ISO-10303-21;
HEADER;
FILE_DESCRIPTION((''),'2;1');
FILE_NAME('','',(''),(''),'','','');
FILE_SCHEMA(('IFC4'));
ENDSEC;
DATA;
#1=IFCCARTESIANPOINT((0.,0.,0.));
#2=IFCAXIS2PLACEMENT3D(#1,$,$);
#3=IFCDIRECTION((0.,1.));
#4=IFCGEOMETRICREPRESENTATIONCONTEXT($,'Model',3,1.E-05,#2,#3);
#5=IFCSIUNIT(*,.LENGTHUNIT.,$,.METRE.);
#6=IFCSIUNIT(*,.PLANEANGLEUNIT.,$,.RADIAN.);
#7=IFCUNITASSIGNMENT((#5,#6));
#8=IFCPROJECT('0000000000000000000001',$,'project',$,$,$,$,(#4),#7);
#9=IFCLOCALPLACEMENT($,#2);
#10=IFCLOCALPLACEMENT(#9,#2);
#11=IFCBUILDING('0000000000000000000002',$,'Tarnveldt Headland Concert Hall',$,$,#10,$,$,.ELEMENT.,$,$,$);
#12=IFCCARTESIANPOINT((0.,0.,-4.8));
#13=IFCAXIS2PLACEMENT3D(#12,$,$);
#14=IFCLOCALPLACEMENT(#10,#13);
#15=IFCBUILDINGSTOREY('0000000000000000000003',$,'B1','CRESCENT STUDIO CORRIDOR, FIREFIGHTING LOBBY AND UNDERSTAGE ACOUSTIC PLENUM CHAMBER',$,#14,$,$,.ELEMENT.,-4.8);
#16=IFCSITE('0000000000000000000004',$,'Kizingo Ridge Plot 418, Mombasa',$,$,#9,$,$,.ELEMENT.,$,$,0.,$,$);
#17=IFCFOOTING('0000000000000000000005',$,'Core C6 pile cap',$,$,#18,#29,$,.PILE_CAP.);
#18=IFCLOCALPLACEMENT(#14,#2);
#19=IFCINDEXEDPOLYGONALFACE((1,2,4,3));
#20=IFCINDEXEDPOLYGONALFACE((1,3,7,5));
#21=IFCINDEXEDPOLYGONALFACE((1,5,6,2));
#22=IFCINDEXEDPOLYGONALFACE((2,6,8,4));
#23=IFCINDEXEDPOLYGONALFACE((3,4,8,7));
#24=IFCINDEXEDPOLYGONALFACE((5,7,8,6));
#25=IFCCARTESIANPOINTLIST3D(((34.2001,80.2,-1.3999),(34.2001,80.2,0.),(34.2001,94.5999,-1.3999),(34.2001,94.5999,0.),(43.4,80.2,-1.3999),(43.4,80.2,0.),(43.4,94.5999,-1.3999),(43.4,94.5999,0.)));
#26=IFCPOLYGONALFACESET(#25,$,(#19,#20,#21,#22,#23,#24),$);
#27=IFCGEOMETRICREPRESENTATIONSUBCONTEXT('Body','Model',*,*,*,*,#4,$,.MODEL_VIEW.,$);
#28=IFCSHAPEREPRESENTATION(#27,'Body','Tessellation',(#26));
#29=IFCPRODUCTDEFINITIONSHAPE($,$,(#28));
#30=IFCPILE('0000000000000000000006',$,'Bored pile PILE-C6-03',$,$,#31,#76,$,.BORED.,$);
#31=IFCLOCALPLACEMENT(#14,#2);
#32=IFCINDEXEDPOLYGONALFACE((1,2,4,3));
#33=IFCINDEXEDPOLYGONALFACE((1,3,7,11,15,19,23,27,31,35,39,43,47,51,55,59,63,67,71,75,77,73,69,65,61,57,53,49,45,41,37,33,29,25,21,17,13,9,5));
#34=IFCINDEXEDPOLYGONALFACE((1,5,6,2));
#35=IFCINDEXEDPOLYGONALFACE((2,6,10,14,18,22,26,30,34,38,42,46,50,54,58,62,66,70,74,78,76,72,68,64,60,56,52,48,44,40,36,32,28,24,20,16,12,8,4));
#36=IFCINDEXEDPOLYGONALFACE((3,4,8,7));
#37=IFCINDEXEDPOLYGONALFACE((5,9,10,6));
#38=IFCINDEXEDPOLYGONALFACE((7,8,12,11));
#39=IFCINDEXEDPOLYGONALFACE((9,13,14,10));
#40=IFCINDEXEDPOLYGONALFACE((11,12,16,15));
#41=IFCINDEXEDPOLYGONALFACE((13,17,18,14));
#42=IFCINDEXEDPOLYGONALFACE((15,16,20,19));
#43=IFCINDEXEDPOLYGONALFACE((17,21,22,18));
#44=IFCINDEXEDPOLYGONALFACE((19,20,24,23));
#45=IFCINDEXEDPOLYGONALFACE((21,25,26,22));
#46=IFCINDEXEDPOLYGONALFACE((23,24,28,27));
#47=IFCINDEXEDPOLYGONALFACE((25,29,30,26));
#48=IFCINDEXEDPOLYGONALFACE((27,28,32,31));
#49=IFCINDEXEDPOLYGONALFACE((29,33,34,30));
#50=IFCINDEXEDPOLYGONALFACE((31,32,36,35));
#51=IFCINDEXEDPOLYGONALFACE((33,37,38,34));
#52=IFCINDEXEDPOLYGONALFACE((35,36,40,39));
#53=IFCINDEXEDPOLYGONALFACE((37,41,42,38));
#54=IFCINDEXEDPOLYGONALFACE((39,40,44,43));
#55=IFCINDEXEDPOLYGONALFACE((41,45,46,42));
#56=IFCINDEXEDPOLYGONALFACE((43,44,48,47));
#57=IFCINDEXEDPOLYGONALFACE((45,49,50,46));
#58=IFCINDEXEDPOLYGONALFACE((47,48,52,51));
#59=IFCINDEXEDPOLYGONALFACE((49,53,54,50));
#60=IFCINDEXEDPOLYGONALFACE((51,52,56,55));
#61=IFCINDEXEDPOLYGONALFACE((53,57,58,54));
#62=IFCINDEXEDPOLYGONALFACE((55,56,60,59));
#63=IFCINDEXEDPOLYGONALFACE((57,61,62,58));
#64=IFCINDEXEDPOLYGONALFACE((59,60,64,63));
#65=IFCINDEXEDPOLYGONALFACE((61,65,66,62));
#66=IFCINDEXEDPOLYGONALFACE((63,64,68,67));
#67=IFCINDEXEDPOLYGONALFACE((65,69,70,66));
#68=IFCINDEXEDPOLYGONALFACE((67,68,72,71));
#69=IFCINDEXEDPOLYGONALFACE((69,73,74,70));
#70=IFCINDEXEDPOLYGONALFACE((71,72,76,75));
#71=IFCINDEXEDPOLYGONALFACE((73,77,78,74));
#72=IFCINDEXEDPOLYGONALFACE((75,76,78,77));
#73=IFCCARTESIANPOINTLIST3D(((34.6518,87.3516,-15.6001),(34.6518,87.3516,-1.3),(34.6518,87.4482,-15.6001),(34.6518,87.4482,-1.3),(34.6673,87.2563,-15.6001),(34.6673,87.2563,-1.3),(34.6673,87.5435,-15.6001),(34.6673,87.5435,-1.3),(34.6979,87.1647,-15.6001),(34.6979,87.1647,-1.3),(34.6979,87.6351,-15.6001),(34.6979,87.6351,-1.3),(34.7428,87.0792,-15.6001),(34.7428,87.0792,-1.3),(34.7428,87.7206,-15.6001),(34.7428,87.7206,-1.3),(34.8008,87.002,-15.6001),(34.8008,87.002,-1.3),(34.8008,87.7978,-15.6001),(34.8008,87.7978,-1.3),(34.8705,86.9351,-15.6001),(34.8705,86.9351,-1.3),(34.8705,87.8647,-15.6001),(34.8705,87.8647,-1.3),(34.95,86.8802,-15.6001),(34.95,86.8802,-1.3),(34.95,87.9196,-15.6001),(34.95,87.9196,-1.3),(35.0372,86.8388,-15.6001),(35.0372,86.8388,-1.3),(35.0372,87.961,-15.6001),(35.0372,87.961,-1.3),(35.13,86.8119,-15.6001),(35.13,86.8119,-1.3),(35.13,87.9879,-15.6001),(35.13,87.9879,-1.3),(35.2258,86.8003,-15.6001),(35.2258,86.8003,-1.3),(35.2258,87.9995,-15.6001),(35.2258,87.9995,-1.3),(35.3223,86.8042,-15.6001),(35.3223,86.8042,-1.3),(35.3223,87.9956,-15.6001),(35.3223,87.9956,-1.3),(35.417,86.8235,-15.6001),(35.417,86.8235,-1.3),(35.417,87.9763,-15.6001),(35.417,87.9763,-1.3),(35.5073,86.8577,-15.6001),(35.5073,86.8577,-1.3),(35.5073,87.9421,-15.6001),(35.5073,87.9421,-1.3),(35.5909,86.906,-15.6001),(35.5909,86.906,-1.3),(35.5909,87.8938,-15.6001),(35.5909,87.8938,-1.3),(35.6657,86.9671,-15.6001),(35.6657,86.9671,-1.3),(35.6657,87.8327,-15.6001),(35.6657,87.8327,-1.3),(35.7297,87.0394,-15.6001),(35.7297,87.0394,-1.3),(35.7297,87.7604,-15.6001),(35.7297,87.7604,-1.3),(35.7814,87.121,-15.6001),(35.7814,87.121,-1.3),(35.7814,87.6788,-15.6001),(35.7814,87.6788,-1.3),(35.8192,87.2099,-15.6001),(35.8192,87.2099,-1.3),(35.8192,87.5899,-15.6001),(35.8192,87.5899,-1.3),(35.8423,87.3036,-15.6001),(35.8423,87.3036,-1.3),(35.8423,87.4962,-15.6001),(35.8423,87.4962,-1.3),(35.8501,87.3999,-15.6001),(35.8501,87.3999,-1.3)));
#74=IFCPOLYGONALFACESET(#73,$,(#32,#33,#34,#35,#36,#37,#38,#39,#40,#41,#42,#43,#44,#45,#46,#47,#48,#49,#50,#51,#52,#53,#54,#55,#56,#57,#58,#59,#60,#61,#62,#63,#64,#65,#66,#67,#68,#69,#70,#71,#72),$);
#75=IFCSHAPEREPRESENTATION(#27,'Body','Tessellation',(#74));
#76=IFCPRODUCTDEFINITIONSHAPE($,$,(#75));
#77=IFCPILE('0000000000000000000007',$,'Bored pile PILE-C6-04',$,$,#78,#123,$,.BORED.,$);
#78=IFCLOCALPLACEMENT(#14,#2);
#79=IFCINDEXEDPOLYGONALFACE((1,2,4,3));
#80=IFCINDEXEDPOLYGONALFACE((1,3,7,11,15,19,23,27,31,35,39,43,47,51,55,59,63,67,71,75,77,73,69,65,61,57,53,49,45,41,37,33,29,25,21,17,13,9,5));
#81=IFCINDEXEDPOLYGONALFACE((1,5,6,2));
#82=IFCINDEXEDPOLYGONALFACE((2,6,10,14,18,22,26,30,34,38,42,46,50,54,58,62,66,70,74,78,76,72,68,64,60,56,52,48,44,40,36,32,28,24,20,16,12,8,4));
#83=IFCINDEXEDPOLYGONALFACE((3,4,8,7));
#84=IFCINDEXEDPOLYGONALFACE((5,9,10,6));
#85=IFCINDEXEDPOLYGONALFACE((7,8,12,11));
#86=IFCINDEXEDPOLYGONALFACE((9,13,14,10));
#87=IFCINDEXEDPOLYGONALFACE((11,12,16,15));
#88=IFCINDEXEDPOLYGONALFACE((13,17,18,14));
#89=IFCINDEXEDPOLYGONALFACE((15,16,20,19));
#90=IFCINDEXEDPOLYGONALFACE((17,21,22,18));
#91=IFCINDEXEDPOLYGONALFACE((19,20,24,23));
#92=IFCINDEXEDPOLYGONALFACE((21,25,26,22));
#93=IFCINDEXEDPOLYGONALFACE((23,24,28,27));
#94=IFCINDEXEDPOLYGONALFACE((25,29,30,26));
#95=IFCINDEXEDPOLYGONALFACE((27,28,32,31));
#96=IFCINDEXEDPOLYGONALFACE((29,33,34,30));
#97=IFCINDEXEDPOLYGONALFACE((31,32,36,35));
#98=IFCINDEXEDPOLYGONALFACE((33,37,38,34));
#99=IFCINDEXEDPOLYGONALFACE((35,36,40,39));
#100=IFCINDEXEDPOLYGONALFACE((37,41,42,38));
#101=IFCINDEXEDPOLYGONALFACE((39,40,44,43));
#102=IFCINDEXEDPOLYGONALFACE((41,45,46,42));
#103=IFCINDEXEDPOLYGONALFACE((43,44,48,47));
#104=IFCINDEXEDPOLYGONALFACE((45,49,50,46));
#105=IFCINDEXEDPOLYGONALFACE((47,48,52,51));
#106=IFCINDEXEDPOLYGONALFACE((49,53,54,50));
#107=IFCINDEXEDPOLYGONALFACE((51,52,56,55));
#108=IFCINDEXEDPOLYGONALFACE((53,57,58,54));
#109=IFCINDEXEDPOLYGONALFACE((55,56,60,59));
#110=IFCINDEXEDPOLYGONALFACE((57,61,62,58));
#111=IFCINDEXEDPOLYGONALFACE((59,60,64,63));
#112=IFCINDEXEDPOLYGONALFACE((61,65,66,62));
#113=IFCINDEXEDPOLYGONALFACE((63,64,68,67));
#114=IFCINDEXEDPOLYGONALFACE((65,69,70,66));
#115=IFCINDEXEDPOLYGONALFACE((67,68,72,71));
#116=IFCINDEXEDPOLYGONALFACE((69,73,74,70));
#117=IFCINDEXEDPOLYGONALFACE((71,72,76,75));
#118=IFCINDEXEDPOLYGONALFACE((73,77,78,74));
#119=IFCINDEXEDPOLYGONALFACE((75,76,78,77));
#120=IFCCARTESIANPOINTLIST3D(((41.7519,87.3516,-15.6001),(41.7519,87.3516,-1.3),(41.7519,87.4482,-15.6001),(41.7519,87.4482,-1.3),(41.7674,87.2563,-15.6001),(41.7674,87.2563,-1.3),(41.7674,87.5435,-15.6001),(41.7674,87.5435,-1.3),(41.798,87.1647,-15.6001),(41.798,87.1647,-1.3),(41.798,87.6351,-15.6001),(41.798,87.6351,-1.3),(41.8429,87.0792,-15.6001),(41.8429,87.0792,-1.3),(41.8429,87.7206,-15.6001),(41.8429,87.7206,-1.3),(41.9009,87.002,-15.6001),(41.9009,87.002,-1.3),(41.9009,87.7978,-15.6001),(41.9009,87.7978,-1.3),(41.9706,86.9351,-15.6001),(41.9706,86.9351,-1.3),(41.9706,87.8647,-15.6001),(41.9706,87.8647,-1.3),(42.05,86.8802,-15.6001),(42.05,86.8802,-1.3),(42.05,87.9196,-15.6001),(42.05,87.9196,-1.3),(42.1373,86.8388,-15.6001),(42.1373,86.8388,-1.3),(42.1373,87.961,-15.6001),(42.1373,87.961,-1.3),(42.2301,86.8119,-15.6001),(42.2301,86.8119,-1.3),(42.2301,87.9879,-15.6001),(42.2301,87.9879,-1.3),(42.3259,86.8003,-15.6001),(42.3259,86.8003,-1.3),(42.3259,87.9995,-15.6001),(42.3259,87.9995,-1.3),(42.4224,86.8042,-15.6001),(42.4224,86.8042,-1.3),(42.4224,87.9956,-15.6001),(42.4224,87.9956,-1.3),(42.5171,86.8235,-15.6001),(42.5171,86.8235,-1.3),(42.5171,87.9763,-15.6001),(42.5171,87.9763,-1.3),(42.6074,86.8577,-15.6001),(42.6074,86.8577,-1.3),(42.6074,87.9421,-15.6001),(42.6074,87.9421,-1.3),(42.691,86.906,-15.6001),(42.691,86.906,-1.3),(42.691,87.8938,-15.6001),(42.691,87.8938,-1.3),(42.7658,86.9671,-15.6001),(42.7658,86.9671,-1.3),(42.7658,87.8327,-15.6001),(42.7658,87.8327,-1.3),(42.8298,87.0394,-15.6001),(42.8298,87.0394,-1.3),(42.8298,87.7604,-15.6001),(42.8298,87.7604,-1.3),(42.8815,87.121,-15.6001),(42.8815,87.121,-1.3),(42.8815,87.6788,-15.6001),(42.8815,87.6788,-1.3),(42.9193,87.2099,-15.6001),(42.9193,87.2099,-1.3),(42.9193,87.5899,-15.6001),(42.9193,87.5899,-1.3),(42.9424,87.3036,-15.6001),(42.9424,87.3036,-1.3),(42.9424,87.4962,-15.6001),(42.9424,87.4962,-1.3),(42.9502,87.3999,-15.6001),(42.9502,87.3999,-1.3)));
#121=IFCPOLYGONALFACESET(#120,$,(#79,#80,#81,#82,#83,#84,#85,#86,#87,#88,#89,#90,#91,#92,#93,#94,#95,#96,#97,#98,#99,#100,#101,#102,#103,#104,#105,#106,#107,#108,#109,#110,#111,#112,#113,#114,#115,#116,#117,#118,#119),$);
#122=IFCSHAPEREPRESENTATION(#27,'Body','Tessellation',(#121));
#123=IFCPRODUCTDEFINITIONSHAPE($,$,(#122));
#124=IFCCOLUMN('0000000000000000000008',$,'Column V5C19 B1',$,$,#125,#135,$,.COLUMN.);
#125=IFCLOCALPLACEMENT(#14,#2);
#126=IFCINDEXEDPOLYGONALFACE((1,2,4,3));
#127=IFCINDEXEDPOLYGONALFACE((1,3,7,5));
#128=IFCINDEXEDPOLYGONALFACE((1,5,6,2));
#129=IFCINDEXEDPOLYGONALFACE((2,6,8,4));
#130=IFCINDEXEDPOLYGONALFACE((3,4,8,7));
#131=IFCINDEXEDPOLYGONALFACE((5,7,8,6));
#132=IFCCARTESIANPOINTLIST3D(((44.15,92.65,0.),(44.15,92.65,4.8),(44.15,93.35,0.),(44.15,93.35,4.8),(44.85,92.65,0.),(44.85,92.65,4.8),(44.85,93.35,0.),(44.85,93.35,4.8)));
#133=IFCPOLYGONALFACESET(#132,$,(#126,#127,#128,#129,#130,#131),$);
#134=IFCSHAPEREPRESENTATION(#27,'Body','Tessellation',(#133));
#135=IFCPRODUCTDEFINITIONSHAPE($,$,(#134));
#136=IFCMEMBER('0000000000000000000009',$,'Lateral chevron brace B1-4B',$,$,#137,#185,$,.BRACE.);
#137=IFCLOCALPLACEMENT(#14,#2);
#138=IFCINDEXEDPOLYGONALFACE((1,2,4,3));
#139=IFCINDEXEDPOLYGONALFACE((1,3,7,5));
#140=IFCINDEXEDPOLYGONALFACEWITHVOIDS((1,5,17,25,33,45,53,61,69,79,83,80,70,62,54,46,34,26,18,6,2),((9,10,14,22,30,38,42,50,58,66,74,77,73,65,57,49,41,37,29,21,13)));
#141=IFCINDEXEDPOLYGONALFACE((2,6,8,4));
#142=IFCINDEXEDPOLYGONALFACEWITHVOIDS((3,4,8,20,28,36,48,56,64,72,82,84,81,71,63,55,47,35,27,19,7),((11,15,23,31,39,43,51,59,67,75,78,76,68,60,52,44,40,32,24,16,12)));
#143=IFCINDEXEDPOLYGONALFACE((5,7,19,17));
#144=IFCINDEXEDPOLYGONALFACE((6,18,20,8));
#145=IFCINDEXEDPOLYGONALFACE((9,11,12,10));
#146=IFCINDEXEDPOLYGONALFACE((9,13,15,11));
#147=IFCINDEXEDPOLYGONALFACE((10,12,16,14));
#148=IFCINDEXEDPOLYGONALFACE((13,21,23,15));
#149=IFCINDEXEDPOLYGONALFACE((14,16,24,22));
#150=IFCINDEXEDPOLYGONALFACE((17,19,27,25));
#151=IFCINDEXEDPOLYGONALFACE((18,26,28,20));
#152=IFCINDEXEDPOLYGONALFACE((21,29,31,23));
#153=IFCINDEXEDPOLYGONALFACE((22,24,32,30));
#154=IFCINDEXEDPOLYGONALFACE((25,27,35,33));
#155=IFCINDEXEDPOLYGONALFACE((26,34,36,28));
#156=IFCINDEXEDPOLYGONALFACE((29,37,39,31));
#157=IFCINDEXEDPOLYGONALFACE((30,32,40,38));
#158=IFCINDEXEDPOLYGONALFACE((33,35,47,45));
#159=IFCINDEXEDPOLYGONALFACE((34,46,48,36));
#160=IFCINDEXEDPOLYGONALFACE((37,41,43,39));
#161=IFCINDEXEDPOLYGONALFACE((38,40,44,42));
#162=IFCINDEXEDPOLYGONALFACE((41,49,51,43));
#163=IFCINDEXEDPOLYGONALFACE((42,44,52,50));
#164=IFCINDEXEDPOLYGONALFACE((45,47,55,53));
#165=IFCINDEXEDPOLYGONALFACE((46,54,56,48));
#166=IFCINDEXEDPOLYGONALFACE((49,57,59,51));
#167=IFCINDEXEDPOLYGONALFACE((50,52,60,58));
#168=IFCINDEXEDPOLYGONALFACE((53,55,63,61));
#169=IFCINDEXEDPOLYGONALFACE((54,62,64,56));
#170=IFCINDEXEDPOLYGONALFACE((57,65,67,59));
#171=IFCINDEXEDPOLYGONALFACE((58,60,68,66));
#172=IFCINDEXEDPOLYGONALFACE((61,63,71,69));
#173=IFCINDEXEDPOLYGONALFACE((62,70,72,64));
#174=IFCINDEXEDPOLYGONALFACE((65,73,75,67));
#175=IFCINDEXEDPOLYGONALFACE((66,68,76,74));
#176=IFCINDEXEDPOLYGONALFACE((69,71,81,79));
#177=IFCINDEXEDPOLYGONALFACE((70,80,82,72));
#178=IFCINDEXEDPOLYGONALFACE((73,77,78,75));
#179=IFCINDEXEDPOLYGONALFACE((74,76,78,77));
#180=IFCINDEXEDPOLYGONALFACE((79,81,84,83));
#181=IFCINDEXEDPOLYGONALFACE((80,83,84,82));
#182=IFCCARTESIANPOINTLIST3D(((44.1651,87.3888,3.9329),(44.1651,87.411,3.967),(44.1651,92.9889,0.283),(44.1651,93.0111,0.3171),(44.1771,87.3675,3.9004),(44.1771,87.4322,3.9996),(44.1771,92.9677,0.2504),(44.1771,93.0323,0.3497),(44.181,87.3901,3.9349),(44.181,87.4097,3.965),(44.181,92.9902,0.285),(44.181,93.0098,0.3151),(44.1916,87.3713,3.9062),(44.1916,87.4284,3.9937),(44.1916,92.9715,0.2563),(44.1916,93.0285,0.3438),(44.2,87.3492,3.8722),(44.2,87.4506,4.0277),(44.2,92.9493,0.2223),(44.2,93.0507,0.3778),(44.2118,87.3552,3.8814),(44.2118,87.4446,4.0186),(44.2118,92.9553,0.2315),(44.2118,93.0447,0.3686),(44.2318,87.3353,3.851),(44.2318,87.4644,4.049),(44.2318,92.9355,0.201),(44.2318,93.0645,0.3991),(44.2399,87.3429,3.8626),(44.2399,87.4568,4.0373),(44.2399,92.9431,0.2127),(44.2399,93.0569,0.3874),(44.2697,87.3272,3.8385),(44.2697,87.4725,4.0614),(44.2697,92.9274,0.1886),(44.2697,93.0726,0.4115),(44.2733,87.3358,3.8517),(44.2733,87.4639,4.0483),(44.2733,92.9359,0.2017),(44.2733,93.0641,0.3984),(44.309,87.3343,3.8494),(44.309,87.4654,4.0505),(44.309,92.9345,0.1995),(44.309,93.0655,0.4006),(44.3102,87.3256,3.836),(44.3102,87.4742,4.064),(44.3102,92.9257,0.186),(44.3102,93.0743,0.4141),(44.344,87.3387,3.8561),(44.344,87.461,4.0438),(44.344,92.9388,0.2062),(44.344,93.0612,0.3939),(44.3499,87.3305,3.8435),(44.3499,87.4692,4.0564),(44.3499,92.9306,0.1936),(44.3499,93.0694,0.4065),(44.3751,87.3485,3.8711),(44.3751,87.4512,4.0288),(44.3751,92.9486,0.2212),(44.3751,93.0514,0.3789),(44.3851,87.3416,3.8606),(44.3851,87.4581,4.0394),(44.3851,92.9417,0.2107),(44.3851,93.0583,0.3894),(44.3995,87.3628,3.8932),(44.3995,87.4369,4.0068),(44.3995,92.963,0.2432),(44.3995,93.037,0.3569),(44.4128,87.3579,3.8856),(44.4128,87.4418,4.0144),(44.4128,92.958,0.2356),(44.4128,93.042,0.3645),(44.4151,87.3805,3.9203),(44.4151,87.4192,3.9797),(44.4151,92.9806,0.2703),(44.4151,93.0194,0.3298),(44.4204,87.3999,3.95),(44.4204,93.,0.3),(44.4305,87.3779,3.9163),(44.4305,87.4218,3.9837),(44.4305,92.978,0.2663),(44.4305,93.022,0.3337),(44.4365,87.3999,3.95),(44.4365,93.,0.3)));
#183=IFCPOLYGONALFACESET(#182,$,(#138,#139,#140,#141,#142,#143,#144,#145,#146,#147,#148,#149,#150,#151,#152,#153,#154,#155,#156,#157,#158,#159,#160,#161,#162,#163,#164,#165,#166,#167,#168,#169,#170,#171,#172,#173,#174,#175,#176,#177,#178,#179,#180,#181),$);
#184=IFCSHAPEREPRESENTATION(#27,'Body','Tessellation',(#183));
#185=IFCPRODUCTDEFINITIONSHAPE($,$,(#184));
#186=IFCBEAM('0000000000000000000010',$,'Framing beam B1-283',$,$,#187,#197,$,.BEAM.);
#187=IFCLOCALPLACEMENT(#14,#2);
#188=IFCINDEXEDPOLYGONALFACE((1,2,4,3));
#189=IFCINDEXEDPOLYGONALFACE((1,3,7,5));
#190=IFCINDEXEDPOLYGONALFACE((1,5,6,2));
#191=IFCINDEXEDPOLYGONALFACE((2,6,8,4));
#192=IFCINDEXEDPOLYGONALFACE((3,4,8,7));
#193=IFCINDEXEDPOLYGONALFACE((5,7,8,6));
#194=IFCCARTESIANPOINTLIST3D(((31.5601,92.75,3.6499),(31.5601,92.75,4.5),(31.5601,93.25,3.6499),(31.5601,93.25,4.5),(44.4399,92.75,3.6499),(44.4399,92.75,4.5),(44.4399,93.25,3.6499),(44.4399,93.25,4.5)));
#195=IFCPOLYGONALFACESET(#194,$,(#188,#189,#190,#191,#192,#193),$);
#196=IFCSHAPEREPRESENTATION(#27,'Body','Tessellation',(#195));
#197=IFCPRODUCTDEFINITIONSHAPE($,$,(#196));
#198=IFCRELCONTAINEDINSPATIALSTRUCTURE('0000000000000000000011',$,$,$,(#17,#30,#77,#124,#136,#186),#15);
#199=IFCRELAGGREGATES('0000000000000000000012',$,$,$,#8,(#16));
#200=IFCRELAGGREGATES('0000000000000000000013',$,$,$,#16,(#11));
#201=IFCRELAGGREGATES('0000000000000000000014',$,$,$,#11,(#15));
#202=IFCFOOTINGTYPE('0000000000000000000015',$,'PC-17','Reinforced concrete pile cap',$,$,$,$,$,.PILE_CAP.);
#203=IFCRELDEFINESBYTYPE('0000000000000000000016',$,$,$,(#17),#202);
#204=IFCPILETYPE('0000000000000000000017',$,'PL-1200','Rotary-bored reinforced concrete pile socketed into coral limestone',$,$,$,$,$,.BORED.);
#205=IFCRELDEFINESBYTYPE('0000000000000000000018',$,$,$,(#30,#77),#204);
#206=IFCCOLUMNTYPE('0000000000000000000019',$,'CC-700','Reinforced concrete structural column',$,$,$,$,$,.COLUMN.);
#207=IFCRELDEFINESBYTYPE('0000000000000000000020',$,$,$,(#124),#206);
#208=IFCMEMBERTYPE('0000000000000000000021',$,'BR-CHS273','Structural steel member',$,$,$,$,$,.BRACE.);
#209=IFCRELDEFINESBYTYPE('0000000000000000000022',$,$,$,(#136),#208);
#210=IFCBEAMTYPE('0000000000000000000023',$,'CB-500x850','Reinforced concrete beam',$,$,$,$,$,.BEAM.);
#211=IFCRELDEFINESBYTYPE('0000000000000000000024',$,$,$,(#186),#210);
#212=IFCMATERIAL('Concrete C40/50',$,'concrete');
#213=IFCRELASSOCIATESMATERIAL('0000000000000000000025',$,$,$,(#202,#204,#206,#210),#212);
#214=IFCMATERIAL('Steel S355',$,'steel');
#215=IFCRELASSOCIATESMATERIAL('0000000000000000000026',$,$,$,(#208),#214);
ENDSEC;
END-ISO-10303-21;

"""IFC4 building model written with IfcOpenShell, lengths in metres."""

from ifc_helpers import new_model, si_unit, direction, frame, origin, origin_2d, place, context, subcontext, project, spatial, rectangle, circle, hollow_circle, extrude, material, material_profile, profile_set, type_object, element, save


model = new_model("IFC4")

# Units and contexts
model_context = context("Model", 3, precision=1e-05, world=origin(), true_north=direction((0.0, 1.0)))
body_context = subcontext(model_context, "Body", "Model", "MODEL_VIEW")
ifc_project = project(units=[si_unit("LENGTHUNIT", "METRE"), si_unit("PLANEANGLEUNIT", "RADIAN")], contexts=[model_context])

# Site, building, storey
site_placement = place(None, origin())
site = spatial("IfcSite", under=ifc_project, at=site_placement, Name="Kizingo Ridge Plot 418, Mombasa", CompositionType="ELEMENT", RefElevation=0.0)
building_placement = place(site_placement, origin())
building = spatial("IfcBuilding", under=site, at=building_placement, Name="Tarnveldt Headland Concert Hall", CompositionType="ELEMENT")
storey_placement = place(building_placement, frame((0.0, 0.0, -4.8)))
storey = spatial("IfcBuildingStorey", under=building, at=storey_placement, Name="B1", Description="CRESCENT STUDIO CORRIDOR, FIREFIGHTING LOBBY AND UNDERSTAGE ACOUSTIC PLENUM CHAMBER", CompositionType="ELEMENT", Elevation=-4.8)

# Footing
ifc_material_1 = material(Name="Concrete C40/50", Category="concrete")
footing_type = type_object("IfcFootingType", Name="PC-17", Description="Reinforced concrete pile cap", PredefinedType="PILE_CAP", material=ifc_material_1)
footing_placement = place(storey_placement, frame((38.8, 87.3999, -1.3999), z_axis=(0.0, 0.0, 1.0), x_axis=(1.0, 0.0, 0.0)))
element("IfcFooting", 1, at=footing_placement, inside=storey, type_object=footing_type, Name="Core C6 pile cap", PredefinedType="PILE_CAP", context=body_context, shape_type="SweptSolid", body=[
    extrude(rectangle(XDim=9.2, YDim=14.3999, at=origin_2d()), origin(), (0.0, 0.0, 1.0), 1.3999),
])

# Piles
ifc_material_profile_1 = material_profile(ifc_material_1, circle(Radius=0.6001, at=origin_2d()), Name="BORED PILE D1200", Category="concrete")
ifc_profile_set_1 = profile_set([ifc_material_profile_1], Name="Concrete C40/50")
pile_type = type_object("IfcPileType", Name="PL-1200", Description="Rotary-bored reinforced concrete pile socketed into coral limestone", PredefinedType="BORED", material=ifc_profile_set_1)
for number, where, z_axis, x_axis, name in (
    (2, (35.25, 87.3999, -1.3), (0.0, 0.0, -1.0), (1.0, 0.0, 0.0), "Bored pile PILE-C6-03"),
    (3, (42.3501, 87.3999, -1.3), (0.0, 0.0, -1.0), (1.0, 0.0, 0.0), "Bored pile PILE-C6-04"),
):
    element("IfcPile", number, at=place(storey_placement, frame(where, z_axis=z_axis, x_axis=x_axis)), inside=storey, type_object=pile_type, Name=name, PredefinedType="BORED", context=body_context, shape_type="SweptSolid", body=[
        extrude(circle(Radius=0.6001, at=origin_2d()), origin(), (0.0, 0.0, 1.0), 14.3),
    ])

# Column
ifc_material_profile_2 = material_profile(ifc_material_1, rectangle(XDim=0.7, YDim=0.7, at=origin_2d()), Name="RC 700x700", Category="concrete")
ifc_profile_set_2 = profile_set([ifc_material_profile_2], Name="Concrete C40/50")
column_type = type_object("IfcColumnType", Name="CC-700", Description="Reinforced concrete structural column", PredefinedType="COLUMN", material=ifc_profile_set_2)
column_placement = place(storey_placement, frame((44.5, 93.0, 0.0), z_axis=(0.0, 0.0, 1.0), x_axis=(1.0, 0.0, 0.0)))
element("IfcColumn", 4, at=column_placement, inside=storey, type_object=column_type, Name="Column V5C19 B1", PredefinedType="COLUMN", context=body_context, shape_type="SweptSolid", body=[
    extrude(rectangle(XDim=0.7, YDim=0.7, at=origin_2d()), origin(), (0.0, 0.0, 1.0), 4.8),
])

# Member
ifc_material_2 = material(Name="Steel S355", Category="steel")
ifc_material_profile_3 = material_profile(ifc_material_2, hollow_circle(Radius=0.1365, WallThickness=0.0161, at=origin_2d()), Name="CHS 273x16", Category="steel")
ifc_profile_set_3 = profile_set([ifc_material_profile_3], Name="Steel S355")
member_type = type_object("IfcMemberType", Name="BR-CHS273", Description="Structural steel member", PredefinedType="BRACE", material=ifc_profile_set_3)
member_placement = place(storey_placement, frame((44.3, 93.0, 0.3), z_axis=(0.0, -0.83777, 0.546023), x_axis=(1.0, 0.0, 0.0)))
element("IfcMember", 5, at=member_placement, inside=storey, type_object=member_type, Name="Lateral chevron brace B1-4B", PredefinedType="BRACE", context=body_context, shape_type="SweptSolid", body=[
    extrude(hollow_circle(Radius=0.1365, WallThickness=0.0161, at=origin_2d()), origin(), (0.0, 0.0, 1.0), 6.6846),
])

# Beam
ifc_material_profile_4 = material_profile(ifc_material_1, rectangle(XDim=0.5, YDim=0.8501, at=origin_2d()), Name="RC 500x850", Category="concrete")
ifc_profile_set_4 = profile_set([ifc_material_profile_4], Name="Concrete C40/50")
beam_type_1 = type_object("IfcBeamType", Name="CB-500x850", Description="Reinforced concrete beam", PredefinedType="BEAM", material=ifc_profile_set_4)
beam_1_placement = place(storey_placement, frame((31.5601, 93.0, 4.075), z_axis=(1.0, 0.0, 0.0), x_axis=(0.0, 1.0, 0.0)))
element("IfcBeam", 6, at=beam_1_placement, inside=storey, type_object=beam_type_1, Name="Framing beam B1-283", PredefinedType="BEAM", context=body_context, shape_type="SweptSolid", body=[
    extrude(rectangle(XDim=0.5, YDim=0.8501, at=origin_2d()), origin(), (0.0, 0.0, 1.0), 12.8799),
])

save(model, "model.ifc")
